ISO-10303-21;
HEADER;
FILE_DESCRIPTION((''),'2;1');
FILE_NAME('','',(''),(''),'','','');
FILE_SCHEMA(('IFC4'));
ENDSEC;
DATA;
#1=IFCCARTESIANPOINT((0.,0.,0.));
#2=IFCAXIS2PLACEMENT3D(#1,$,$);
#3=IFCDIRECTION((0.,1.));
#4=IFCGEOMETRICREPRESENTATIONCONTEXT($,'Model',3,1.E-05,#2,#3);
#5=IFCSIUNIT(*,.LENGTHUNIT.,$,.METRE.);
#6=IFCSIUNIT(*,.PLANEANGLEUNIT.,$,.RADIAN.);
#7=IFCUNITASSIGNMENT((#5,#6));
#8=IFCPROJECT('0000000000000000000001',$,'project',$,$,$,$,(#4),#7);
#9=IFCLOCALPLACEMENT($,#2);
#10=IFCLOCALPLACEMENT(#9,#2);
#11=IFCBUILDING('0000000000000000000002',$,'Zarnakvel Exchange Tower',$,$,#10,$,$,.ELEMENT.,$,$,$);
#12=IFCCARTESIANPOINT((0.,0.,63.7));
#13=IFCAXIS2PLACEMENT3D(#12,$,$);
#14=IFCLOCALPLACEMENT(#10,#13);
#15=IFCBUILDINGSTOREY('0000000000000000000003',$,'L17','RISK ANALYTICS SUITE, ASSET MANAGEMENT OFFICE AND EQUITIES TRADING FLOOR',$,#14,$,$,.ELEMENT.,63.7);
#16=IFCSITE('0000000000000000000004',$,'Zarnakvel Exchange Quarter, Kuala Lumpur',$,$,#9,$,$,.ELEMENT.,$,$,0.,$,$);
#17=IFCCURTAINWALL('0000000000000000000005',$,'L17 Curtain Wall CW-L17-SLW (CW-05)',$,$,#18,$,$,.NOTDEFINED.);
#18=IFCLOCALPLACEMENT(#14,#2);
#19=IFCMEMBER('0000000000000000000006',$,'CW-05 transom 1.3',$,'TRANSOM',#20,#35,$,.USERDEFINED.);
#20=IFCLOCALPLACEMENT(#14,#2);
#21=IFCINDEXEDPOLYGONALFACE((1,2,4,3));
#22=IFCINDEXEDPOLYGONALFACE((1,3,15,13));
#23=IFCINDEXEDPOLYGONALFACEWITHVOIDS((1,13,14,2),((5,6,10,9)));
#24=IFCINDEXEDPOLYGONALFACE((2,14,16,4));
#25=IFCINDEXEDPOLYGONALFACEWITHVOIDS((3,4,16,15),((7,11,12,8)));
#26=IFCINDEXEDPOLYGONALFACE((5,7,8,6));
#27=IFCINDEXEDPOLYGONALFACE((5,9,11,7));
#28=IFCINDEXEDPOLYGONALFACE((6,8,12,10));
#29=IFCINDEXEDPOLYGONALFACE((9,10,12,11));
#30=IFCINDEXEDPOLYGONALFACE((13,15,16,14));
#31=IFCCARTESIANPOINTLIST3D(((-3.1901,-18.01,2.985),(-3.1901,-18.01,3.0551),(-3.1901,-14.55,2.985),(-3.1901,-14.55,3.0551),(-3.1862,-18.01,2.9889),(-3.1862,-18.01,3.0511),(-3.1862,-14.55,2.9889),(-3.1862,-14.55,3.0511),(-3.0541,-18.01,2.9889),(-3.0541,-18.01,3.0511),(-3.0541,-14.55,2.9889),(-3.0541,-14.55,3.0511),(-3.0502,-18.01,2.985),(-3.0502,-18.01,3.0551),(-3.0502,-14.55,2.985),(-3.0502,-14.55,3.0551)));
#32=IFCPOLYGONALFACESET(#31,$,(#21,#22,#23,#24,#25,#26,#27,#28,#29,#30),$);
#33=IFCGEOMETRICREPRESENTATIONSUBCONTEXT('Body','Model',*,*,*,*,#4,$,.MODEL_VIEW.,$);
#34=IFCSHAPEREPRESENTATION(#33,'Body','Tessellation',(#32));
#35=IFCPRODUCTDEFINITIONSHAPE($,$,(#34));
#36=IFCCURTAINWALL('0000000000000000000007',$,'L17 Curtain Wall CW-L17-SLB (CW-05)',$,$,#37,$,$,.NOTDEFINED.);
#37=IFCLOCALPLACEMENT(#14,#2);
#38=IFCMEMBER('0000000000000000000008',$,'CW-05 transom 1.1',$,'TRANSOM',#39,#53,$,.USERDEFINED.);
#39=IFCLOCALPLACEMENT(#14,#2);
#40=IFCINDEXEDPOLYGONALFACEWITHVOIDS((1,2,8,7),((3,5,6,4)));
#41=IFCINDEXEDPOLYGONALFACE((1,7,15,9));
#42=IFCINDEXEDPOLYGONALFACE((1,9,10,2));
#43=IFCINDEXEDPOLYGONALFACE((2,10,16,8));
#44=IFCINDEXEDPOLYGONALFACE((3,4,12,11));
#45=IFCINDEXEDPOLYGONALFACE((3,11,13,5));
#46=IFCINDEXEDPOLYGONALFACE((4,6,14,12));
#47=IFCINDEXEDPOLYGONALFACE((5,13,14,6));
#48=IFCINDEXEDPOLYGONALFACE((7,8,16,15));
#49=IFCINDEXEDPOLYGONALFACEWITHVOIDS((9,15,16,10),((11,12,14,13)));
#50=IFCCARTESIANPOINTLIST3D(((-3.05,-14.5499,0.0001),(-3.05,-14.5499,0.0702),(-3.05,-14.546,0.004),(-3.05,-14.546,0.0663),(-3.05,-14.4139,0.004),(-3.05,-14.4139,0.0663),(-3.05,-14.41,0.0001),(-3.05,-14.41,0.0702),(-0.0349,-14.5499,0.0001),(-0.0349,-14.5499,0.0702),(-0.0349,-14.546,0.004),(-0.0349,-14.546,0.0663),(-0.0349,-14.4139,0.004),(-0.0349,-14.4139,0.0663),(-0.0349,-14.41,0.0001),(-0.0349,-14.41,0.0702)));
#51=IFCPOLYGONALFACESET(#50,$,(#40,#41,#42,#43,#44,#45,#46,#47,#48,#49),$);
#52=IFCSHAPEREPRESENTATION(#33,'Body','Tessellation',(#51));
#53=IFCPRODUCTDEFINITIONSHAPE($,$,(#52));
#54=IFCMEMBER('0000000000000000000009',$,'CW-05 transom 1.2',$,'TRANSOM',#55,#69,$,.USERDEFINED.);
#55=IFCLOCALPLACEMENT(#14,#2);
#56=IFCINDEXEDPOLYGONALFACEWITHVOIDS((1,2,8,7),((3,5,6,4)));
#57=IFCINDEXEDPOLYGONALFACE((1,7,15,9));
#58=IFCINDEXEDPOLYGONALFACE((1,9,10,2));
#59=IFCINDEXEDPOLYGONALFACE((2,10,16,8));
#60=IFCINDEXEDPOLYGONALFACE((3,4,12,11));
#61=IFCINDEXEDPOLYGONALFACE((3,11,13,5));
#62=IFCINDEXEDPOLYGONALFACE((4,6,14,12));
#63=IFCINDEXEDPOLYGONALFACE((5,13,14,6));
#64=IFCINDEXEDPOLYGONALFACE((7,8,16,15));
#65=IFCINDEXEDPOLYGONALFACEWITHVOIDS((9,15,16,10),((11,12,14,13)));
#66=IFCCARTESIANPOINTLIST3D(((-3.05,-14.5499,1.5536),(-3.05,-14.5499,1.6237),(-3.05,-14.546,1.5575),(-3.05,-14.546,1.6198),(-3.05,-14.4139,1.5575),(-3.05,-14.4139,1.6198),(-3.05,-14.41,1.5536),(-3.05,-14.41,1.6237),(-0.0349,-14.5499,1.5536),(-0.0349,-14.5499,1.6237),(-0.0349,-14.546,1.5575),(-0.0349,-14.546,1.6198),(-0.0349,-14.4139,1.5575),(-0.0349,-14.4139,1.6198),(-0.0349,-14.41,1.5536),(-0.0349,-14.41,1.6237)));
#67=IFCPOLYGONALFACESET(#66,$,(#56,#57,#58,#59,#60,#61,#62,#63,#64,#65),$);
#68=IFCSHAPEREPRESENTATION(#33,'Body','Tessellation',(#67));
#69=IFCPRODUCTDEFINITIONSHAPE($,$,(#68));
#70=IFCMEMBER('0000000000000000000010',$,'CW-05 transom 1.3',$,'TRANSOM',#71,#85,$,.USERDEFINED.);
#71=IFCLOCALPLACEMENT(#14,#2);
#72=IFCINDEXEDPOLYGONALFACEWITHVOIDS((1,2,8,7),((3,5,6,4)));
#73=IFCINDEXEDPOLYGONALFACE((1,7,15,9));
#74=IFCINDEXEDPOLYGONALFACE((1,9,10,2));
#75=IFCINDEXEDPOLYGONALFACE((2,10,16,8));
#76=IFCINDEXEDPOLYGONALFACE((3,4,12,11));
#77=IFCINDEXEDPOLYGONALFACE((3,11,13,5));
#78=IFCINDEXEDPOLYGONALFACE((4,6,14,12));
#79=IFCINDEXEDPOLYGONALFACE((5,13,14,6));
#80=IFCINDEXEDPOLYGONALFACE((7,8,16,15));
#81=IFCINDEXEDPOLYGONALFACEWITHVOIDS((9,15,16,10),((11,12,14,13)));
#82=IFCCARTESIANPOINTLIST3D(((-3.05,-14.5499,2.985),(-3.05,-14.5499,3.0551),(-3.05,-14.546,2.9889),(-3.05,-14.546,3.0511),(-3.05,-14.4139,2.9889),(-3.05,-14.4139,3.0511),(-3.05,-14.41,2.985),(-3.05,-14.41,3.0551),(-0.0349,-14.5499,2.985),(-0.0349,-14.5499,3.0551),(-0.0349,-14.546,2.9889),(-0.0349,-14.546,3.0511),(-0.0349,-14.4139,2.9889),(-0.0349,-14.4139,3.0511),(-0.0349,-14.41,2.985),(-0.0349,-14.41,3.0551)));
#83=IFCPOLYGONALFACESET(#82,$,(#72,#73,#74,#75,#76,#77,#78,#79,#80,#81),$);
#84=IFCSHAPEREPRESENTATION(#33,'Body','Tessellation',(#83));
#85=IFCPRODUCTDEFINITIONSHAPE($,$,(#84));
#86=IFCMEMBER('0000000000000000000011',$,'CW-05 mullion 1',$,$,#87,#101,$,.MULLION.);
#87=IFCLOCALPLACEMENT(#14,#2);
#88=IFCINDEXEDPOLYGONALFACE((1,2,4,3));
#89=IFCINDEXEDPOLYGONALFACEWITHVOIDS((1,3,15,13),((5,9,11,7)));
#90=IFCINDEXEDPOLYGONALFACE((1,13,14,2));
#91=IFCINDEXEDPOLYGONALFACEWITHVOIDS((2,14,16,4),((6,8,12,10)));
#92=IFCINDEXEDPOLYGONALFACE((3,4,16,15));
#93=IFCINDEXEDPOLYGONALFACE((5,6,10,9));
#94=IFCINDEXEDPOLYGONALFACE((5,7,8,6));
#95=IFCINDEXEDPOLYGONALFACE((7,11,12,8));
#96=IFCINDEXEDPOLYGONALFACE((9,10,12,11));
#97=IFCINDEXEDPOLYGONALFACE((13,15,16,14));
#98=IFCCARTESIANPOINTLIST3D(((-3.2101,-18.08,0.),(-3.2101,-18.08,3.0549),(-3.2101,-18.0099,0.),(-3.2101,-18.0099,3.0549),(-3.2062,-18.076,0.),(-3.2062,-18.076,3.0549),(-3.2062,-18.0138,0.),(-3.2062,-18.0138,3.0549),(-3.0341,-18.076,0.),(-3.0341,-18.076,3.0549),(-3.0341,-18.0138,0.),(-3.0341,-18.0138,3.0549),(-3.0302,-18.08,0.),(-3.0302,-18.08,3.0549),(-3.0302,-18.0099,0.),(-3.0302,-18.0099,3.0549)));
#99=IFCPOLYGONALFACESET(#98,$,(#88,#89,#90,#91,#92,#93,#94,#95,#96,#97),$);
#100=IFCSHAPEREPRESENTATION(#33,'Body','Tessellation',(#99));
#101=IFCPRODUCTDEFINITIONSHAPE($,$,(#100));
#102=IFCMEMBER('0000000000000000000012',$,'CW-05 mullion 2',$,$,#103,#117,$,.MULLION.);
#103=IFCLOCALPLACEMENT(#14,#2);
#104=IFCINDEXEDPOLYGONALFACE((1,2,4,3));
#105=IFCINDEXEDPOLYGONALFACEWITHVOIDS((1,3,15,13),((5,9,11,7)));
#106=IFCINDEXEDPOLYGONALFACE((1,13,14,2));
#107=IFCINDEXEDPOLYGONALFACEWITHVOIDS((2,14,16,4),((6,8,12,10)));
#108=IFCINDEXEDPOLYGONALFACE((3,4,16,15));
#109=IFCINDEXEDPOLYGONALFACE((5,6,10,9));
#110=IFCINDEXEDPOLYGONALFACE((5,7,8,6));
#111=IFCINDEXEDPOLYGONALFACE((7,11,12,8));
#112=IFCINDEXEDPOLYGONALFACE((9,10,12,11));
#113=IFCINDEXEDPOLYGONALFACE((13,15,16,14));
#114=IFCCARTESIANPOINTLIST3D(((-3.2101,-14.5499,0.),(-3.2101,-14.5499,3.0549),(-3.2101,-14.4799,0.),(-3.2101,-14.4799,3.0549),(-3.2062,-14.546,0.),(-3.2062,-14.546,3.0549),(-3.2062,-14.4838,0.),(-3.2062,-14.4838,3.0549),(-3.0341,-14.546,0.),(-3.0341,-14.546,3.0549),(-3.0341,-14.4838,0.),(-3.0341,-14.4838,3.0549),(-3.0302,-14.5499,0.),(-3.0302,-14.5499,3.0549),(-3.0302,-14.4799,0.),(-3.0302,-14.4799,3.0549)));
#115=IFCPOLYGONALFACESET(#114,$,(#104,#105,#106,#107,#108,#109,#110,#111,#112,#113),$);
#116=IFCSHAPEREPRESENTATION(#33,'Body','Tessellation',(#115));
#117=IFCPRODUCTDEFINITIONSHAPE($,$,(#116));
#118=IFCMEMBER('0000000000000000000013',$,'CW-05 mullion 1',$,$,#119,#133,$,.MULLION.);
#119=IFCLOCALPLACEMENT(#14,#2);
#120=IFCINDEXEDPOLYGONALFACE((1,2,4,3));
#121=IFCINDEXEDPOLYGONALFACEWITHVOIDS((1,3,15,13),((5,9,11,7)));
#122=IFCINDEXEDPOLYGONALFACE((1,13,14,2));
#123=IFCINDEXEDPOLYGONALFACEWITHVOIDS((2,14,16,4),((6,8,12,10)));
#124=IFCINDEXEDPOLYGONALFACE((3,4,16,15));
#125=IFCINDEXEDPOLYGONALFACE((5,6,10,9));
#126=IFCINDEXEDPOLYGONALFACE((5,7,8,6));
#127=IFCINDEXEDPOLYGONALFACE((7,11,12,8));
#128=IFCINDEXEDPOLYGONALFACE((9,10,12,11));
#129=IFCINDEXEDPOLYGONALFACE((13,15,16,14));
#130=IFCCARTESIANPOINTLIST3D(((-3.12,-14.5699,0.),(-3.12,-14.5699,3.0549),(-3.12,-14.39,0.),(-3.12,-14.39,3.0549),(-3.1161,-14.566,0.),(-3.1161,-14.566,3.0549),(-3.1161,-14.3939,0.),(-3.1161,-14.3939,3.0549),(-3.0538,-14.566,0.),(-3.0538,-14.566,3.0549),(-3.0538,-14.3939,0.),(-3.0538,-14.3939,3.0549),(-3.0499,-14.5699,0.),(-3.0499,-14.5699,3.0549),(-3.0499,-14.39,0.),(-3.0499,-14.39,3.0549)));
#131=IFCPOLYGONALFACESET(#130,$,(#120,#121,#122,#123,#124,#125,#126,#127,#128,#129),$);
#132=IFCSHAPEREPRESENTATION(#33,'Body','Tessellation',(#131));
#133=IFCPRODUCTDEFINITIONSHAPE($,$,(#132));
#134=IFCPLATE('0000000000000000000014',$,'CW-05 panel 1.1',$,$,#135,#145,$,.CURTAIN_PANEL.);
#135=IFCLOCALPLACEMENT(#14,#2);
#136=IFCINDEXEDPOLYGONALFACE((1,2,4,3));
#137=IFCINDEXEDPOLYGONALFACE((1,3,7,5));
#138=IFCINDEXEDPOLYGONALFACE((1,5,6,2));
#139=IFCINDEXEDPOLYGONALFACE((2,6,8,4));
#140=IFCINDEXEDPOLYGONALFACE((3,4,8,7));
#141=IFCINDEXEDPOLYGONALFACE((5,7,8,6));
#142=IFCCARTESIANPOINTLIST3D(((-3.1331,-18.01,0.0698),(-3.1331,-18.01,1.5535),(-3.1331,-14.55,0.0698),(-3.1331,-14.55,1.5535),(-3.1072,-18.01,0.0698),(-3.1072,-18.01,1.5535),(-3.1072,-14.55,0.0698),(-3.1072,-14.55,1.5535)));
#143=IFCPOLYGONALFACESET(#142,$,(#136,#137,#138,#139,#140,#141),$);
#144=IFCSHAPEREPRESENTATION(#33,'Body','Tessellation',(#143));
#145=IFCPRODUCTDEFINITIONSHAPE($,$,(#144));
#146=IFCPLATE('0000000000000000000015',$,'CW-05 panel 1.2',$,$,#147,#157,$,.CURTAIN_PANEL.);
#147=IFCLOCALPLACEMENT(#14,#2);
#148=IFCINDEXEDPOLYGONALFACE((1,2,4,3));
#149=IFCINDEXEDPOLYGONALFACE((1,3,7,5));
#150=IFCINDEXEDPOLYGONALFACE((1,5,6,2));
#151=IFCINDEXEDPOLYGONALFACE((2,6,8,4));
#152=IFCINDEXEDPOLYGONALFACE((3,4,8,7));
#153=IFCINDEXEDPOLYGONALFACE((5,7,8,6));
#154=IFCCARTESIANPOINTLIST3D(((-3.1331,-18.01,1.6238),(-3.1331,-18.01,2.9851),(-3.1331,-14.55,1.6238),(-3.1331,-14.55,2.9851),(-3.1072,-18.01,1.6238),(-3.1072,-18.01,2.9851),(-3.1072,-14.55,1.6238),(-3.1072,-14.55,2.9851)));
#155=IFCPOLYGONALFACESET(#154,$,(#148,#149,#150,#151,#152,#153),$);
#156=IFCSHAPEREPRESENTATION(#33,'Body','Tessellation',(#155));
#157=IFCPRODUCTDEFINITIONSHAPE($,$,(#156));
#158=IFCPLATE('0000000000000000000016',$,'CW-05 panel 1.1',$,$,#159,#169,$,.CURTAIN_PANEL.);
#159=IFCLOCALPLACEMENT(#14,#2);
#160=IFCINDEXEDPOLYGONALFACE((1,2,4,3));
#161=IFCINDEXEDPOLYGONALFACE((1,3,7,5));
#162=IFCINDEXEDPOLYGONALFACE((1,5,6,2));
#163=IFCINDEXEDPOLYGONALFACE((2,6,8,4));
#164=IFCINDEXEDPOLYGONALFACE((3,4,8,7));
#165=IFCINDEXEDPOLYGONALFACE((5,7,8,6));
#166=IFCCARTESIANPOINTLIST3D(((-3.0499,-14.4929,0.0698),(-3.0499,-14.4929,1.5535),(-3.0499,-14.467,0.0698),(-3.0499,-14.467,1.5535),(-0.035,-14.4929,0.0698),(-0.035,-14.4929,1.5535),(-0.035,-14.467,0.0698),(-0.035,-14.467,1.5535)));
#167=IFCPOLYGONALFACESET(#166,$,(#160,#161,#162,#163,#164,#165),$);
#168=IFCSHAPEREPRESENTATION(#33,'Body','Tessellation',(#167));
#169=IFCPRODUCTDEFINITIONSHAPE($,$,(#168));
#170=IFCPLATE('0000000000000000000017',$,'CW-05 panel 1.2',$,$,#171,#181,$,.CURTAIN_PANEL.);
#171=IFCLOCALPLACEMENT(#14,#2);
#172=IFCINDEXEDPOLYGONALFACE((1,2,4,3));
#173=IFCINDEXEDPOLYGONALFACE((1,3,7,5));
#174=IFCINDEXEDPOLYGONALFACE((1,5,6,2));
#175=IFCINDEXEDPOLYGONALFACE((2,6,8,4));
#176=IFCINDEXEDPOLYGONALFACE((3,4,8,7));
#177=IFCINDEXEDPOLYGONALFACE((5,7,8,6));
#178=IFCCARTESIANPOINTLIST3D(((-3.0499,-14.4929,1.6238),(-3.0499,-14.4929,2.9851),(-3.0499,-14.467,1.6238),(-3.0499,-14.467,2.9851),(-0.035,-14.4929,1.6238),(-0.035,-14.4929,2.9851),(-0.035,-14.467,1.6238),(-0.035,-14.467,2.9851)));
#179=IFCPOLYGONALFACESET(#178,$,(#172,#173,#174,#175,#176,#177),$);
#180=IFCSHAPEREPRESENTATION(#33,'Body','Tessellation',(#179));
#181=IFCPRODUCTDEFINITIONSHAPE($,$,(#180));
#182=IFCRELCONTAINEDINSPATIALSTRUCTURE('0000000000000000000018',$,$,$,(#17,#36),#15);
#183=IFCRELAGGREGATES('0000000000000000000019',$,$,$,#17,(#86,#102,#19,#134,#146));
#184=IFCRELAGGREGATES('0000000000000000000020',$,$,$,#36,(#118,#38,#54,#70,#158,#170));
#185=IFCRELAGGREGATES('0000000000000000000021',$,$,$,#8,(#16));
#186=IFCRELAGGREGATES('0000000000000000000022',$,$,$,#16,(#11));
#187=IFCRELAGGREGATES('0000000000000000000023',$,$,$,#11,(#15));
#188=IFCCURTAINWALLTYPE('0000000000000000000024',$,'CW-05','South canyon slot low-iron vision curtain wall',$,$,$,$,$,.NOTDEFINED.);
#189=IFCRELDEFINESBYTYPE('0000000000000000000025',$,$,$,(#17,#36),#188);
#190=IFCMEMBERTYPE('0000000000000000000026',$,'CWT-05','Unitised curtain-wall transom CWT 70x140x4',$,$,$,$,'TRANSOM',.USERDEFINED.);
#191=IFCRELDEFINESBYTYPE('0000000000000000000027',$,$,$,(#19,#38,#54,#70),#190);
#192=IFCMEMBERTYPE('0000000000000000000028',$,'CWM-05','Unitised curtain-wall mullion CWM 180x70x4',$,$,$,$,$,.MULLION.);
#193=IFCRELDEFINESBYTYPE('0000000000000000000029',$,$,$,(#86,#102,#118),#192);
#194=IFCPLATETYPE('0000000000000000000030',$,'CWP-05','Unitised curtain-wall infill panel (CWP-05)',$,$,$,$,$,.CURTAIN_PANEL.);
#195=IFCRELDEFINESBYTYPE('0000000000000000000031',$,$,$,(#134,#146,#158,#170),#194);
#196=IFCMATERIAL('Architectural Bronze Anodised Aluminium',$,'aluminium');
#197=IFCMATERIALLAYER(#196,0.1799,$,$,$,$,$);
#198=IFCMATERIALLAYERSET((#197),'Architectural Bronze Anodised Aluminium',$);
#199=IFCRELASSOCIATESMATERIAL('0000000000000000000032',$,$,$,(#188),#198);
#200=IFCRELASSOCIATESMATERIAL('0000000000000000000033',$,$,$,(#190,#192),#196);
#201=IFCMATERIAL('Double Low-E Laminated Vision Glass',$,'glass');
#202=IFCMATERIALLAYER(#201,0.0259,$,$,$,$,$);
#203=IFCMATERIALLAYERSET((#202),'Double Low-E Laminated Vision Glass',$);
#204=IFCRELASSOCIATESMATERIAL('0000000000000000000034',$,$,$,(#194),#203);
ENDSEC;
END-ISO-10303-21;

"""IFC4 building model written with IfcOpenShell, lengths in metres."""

from ifc_helpers import new_model, si_unit, direction, frame, origin, origin_2d, place, context, subcontext, project, spatial, rectangle, hollow_rectangle, extrude, source, transform, mapped, material, layer, layer_set, material_profile, profile_set, type_object, element, aggregate, save


model = new_model("IFC4")

# Units and contexts
model_context = context("Model", 3, precision=1e-05, world=origin(), true_north=direction((0.0, 1.0)))
body_context = subcontext(model_context, "Body", "Model", "MODEL_VIEW")
ifc_project = project(units=[si_unit("LENGTHUNIT", "METRE"), si_unit("PLANEANGLEUNIT", "RADIAN")], contexts=[model_context])

# Site, building, storey
site_placement = place(None, origin())
site = spatial("IfcSite", under=ifc_project, at=site_placement, Name="Zarnakvel Exchange Quarter, Kuala Lumpur", CompositionType="ELEMENT", RefElevation=0.0)
building_placement = place(site_placement, origin())
building = spatial("IfcBuilding", under=site, at=building_placement, Name="Zarnakvel Exchange Tower", CompositionType="ELEMENT")
storey_placement = place(building_placement, frame((0.0, 0.0, 63.7)))
storey = spatial("IfcBuildingStorey", under=building, at=storey_placement, Name="L17", Description="RISK ANALYTICS SUITE, ASSET MANAGEMENT OFFICE AND EQUITIES TRADING FLOOR", CompositionType="ELEMENT", Elevation=63.7)

# Curtain walls, members
ifc_material_1 = material(Name="Architectural Bronze Anodised Aluminium", Category="aluminium")
ifc_layer_1 = layer(ifc_material_1, 0.1799)
ifc_layer_set_1 = layer_set([ifc_layer_1], Name="Architectural Bronze Anodised Aluminium")
curtain_wall_type = type_object("IfcCurtainWallType", Name="CW-05", Description="South canyon slot low-iron vision curtain wall", PredefinedType="NOTDEFINED", material=ifc_layer_set_1)
curtain_wall_1_placement = place(storey_placement, origin())
curtain_wall_1 = element("IfcCurtainWall", 1, at=curtain_wall_1_placement, inside=storey, type_object=curtain_wall_type, Name="L17 Curtain Wall CW-L17-SLW (CW-05)", PredefinedType="NOTDEFINED")
ifc_material_profile_1 = material_profile(ifc_material_1, hollow_rectangle(XDim=0.1399, YDim=0.0701, WallThickness=0.0039, at=origin_2d()))
ifc_profile_set_1 = profile_set([ifc_material_profile_1], Name="Architectural Bronze Anodised Aluminium")
member_type_1 = type_object("IfcMemberType", Name="CWT-05", Description="Unitised curtain-wall transom CWT 70x140x4", ElementType="TRANSOM", PredefinedType="USERDEFINED", material=ifc_profile_set_1)
shared_shape_1 = source(origin(), body_context, "Body", "SweptSolid", [
    extrude(hollow_rectangle(XDim=0.1399, YDim=0.0701, WallThickness=0.0039, at=origin_2d()), origin(), (0.0, 0.0, 1.0), 3.46),
])
member_1_placement = place(storey_placement, frame((-3.1201, -18.01, 3.02), z_axis=(0.0, 1.0, 0.0), x_axis=(-1.0, 0.0, 0.0)))
member_1 = element("IfcMember", 2, at=member_1_placement, type_object=member_type_1, Name="CW-05 transom 1.3", ObjectType="TRANSOM", PredefinedType="USERDEFINED", context=body_context, shape_type="MappedRepresentation", body=[
    mapped(shared_shape_1, transform((0.0, 0.0, 0.0), x_axis=(1.0, 0.0, 0.0), y_axis=(0.0, 1.0, 0.0), z_axis=(0.0, 0.0, 1.0), scale=1.0)),
])
curtain_wall_2_placement = place(storey_placement, origin())
curtain_wall_2 = element("IfcCurtainWall", 3, at=curtain_wall_2_placement, inside=storey, type_object=curtain_wall_type, Name="L17 Curtain Wall CW-L17-SLB (CW-05)", PredefinedType="NOTDEFINED")
shared_shape_2 = source(origin(), body_context, "Body", "SweptSolid", [
    extrude(hollow_rectangle(XDim=0.1399, YDim=0.0701, WallThickness=0.0039, at=origin_2d()), origin(), (0.0, 0.0, 1.0), 3.0151),
])
member_2_placement = place(storey_placement, frame((-3.05, -14.48, 0.0352), z_axis=(1.0, 0.0, 0.0), x_axis=(0.0, 1.0, 0.0)))
member_2 = element("IfcMember", 4, at=member_2_placement, type_object=member_type_1, Name="CW-05 transom 1.1", ObjectType="TRANSOM", PredefinedType="USERDEFINED", context=body_context, shape_type="MappedRepresentation", body=[
    mapped(shared_shape_2, transform((0.0, 0.0, 0.0), x_axis=(1.0, 0.0, 0.0), y_axis=(0.0, 1.0, 0.0), z_axis=(0.0, 0.0, 1.0), scale=1.0)),
])
member_3_placement = place(storey_placement, frame((-3.05, -14.48, 1.5886), z_axis=(1.0, 0.0, 0.0), x_axis=(0.0, 1.0, 0.0)))
member_3 = element("IfcMember", 5, at=member_3_placement, type_object=member_type_1, Name="CW-05 transom 1.2", ObjectType="TRANSOM", PredefinedType="USERDEFINED", context=body_context, shape_type="MappedRepresentation", body=[
    mapped(shared_shape_2, transform((0.0, 0.0, 0.0), x_axis=(1.0, 0.0, 0.0), y_axis=(0.0, 1.0, 0.0), z_axis=(0.0, 0.0, 1.0), scale=1.0)),
])
member_4_placement = place(storey_placement, frame((-3.05, -14.48, 3.02), z_axis=(1.0, 0.0, 0.0), x_axis=(0.0, 1.0, 0.0)))
member_4 = element("IfcMember", 6, at=member_4_placement, type_object=member_type_1, Name="CW-05 transom 1.3", ObjectType="TRANSOM", PredefinedType="USERDEFINED", context=body_context, shape_type="MappedRepresentation", body=[
    mapped(shared_shape_2, transform((0.0, 0.0, 0.0), x_axis=(1.0, 0.0, 0.0), y_axis=(0.0, 1.0, 0.0), z_axis=(0.0, 0.0, 1.0), scale=1.0)),
])

# Members
ifc_material_profile_2 = material_profile(ifc_material_1, hollow_rectangle(XDim=0.1799, YDim=0.0701, WallThickness=0.0039, at=origin_2d()))
ifc_profile_set_2 = profile_set([ifc_material_profile_2], Name="Architectural Bronze Anodised Aluminium")
member_type_2 = type_object("IfcMemberType", Name="CWM-05", Description="Unitised curtain-wall mullion CWM 180x70x4", PredefinedType="MULLION", material=ifc_profile_set_2)
shared_shape_3 = source(origin(), body_context, "Body", "SweptSolid", [
    extrude(hollow_rectangle(XDim=0.1799, YDim=0.0701, WallThickness=0.0039, at=origin_2d()), origin(), (0.0, 0.0, 1.0), 3.0549),
])
member_5_placement = place(storey_placement, frame((-3.1201, -18.0449, 0.0), z_axis=(0.0, 0.0, 1.0), x_axis=(-1.0, 0.0, 0.0)))
member_5 = element("IfcMember", 7, at=member_5_placement, type_object=member_type_2, Name="CW-05 mullion 1", PredefinedType="MULLION", context=body_context, shape_type="MappedRepresentation", body=[
    mapped(shared_shape_3, transform((0.0, 0.0, 0.0), x_axis=(1.0, 0.0, 0.0), y_axis=(0.0, 1.0, 0.0), z_axis=(0.0, 0.0, 1.0), scale=1.0)),
])
member_6_placement = place(storey_placement, frame((-3.1201, -14.5149, 0.0), z_axis=(0.0, 0.0, 1.0), x_axis=(-1.0, 0.0, 0.0)))
member_6 = element("IfcMember", 8, at=member_6_placement, type_object=member_type_2, Name="CW-05 mullion 2", PredefinedType="MULLION", context=body_context, shape_type="MappedRepresentation", body=[
    mapped(shared_shape_3, transform((0.0, 0.0, 0.0), x_axis=(1.0, 0.0, 0.0), y_axis=(0.0, 1.0, 0.0), z_axis=(0.0, 0.0, 1.0), scale=1.0)),
])
member_7_placement = place(storey_placement, frame((-3.085, -14.48, 0.0), z_axis=(0.0, 0.0, 1.0), x_axis=(0.0, 1.0, 0.0)))
member_7 = element("IfcMember", 9, at=member_7_placement, type_object=member_type_2, Name="CW-05 mullion 1", PredefinedType="MULLION", context=body_context, shape_type="MappedRepresentation", body=[
    mapped(shared_shape_3, transform((0.0, 0.0, 0.0), x_axis=(1.0, 0.0, 0.0), y_axis=(0.0, 1.0, 0.0), z_axis=(0.0, 0.0, 1.0), scale=1.0)),
])

# Plates
ifc_material_2 = material(Name="Double Low-E Laminated Vision Glass", Category="glass")
ifc_layer_2 = layer(ifc_material_2, 0.0259)
ifc_layer_set_2 = layer_set([ifc_layer_2], Name="Double Low-E Laminated Vision Glass")
plate_type = type_object("IfcPlateType", Name="CWP-05", Description="Unitised curtain-wall infill panel (CWP-05)", PredefinedType="CURTAIN_PANEL", material=ifc_layer_set_2)
shared_shape_4 = source(origin(), body_context, "Body", "SweptSolid", [
    extrude(rectangle(XDim=3.46, YDim=0.0259, at=origin_2d()), origin(), (0.0, 0.0, 1.0), 1.4836),
])
plate_1_placement = place(storey_placement, frame((-3.1201, -16.28, 0.0698), z_axis=(0.0, 0.0, 1.0), x_axis=(0.0, 1.0, 0.0)))
plate_1 = element("IfcPlate", 10, at=plate_1_placement, type_object=plate_type, Name="CW-05 panel 1.1", PredefinedType="CURTAIN_PANEL", context=body_context, shape_type="MappedRepresentation", body=[
    mapped(shared_shape_4, transform((0.0, 0.0, 0.0), x_axis=(1.0, 0.0, 0.0), y_axis=(0.0, 1.0, 0.0), z_axis=(0.0, 0.0, 1.0), scale=1.0)),
])
shared_shape_5 = source(origin(), body_context, "Body", "SweptSolid", [
    extrude(rectangle(XDim=3.46, YDim=0.0259, at=origin_2d()), origin(), (0.0, 0.0, 1.0), 1.3613),
])
plate_2_placement = place(storey_placement, frame((-3.1201, -16.28, 1.6238), z_axis=(0.0, 0.0, 1.0), x_axis=(0.0, 1.0, 0.0)))
plate_2 = element("IfcPlate", 11, at=plate_2_placement, type_object=plate_type, Name="CW-05 panel 1.2", PredefinedType="CURTAIN_PANEL", context=body_context, shape_type="MappedRepresentation", body=[
    mapped(shared_shape_5, transform((0.0, 0.0, 0.0), x_axis=(1.0, 0.0, 0.0), y_axis=(0.0, 1.0, 0.0), z_axis=(0.0, 0.0, 1.0), scale=1.0)),
])
aggregate(curtain_wall_1, [member_5, member_6, member_1, plate_1, plate_2])
shared_shape_6 = source(origin(), body_context, "Body", "SweptSolid", [
    extrude(rectangle(XDim=3.0149, YDim=0.0259, at=origin_2d()), origin(), (0.0, 0.0, 1.0), 1.4836),
])
plate_3_placement = place(storey_placement, frame((-1.5425, -14.48, 0.0698), z_axis=(0.0, 0.0, 1.0), x_axis=(1.0, 0.0, 0.0)))
plate_3 = element("IfcPlate", 12, at=plate_3_placement, type_object=plate_type, Name="CW-05 panel 1.1", PredefinedType="CURTAIN_PANEL", context=body_context, shape_type="MappedRepresentation", body=[
    mapped(shared_shape_6, transform((0.0, 0.0, 0.0), x_axis=(1.0, 0.0, 0.0), y_axis=(0.0, 1.0, 0.0), z_axis=(0.0, 0.0, 1.0), scale=1.0)),
])
shared_shape_7 = source(origin(), body_context, "Body", "SweptSolid", [
    extrude(rectangle(XDim=3.0149, YDim=0.0259, at=origin_2d()), origin(), (0.0, 0.0, 1.0), 1.3613),
])
plate_4_placement = place(storey_placement, frame((-1.5425, -14.48, 1.6238), z_axis=(0.0, 0.0, 1.0), x_axis=(1.0, 0.0, 0.0)))
plate_4 = element("IfcPlate", 13, at=plate_4_placement, type_object=plate_type, Name="CW-05 panel 1.2", PredefinedType="CURTAIN_PANEL", context=body_context, shape_type="MappedRepresentation", body=[
    mapped(shared_shape_7, transform((0.0, 0.0, 0.0), x_axis=(1.0, 0.0, 0.0), y_axis=(0.0, 1.0, 0.0), z_axis=(0.0, 0.0, 1.0), scale=1.0)),
])
aggregate(curtain_wall_2, [member_7, member_2, member_3, member_4, plate_3, plate_4])

save(model, "model.ifc")
